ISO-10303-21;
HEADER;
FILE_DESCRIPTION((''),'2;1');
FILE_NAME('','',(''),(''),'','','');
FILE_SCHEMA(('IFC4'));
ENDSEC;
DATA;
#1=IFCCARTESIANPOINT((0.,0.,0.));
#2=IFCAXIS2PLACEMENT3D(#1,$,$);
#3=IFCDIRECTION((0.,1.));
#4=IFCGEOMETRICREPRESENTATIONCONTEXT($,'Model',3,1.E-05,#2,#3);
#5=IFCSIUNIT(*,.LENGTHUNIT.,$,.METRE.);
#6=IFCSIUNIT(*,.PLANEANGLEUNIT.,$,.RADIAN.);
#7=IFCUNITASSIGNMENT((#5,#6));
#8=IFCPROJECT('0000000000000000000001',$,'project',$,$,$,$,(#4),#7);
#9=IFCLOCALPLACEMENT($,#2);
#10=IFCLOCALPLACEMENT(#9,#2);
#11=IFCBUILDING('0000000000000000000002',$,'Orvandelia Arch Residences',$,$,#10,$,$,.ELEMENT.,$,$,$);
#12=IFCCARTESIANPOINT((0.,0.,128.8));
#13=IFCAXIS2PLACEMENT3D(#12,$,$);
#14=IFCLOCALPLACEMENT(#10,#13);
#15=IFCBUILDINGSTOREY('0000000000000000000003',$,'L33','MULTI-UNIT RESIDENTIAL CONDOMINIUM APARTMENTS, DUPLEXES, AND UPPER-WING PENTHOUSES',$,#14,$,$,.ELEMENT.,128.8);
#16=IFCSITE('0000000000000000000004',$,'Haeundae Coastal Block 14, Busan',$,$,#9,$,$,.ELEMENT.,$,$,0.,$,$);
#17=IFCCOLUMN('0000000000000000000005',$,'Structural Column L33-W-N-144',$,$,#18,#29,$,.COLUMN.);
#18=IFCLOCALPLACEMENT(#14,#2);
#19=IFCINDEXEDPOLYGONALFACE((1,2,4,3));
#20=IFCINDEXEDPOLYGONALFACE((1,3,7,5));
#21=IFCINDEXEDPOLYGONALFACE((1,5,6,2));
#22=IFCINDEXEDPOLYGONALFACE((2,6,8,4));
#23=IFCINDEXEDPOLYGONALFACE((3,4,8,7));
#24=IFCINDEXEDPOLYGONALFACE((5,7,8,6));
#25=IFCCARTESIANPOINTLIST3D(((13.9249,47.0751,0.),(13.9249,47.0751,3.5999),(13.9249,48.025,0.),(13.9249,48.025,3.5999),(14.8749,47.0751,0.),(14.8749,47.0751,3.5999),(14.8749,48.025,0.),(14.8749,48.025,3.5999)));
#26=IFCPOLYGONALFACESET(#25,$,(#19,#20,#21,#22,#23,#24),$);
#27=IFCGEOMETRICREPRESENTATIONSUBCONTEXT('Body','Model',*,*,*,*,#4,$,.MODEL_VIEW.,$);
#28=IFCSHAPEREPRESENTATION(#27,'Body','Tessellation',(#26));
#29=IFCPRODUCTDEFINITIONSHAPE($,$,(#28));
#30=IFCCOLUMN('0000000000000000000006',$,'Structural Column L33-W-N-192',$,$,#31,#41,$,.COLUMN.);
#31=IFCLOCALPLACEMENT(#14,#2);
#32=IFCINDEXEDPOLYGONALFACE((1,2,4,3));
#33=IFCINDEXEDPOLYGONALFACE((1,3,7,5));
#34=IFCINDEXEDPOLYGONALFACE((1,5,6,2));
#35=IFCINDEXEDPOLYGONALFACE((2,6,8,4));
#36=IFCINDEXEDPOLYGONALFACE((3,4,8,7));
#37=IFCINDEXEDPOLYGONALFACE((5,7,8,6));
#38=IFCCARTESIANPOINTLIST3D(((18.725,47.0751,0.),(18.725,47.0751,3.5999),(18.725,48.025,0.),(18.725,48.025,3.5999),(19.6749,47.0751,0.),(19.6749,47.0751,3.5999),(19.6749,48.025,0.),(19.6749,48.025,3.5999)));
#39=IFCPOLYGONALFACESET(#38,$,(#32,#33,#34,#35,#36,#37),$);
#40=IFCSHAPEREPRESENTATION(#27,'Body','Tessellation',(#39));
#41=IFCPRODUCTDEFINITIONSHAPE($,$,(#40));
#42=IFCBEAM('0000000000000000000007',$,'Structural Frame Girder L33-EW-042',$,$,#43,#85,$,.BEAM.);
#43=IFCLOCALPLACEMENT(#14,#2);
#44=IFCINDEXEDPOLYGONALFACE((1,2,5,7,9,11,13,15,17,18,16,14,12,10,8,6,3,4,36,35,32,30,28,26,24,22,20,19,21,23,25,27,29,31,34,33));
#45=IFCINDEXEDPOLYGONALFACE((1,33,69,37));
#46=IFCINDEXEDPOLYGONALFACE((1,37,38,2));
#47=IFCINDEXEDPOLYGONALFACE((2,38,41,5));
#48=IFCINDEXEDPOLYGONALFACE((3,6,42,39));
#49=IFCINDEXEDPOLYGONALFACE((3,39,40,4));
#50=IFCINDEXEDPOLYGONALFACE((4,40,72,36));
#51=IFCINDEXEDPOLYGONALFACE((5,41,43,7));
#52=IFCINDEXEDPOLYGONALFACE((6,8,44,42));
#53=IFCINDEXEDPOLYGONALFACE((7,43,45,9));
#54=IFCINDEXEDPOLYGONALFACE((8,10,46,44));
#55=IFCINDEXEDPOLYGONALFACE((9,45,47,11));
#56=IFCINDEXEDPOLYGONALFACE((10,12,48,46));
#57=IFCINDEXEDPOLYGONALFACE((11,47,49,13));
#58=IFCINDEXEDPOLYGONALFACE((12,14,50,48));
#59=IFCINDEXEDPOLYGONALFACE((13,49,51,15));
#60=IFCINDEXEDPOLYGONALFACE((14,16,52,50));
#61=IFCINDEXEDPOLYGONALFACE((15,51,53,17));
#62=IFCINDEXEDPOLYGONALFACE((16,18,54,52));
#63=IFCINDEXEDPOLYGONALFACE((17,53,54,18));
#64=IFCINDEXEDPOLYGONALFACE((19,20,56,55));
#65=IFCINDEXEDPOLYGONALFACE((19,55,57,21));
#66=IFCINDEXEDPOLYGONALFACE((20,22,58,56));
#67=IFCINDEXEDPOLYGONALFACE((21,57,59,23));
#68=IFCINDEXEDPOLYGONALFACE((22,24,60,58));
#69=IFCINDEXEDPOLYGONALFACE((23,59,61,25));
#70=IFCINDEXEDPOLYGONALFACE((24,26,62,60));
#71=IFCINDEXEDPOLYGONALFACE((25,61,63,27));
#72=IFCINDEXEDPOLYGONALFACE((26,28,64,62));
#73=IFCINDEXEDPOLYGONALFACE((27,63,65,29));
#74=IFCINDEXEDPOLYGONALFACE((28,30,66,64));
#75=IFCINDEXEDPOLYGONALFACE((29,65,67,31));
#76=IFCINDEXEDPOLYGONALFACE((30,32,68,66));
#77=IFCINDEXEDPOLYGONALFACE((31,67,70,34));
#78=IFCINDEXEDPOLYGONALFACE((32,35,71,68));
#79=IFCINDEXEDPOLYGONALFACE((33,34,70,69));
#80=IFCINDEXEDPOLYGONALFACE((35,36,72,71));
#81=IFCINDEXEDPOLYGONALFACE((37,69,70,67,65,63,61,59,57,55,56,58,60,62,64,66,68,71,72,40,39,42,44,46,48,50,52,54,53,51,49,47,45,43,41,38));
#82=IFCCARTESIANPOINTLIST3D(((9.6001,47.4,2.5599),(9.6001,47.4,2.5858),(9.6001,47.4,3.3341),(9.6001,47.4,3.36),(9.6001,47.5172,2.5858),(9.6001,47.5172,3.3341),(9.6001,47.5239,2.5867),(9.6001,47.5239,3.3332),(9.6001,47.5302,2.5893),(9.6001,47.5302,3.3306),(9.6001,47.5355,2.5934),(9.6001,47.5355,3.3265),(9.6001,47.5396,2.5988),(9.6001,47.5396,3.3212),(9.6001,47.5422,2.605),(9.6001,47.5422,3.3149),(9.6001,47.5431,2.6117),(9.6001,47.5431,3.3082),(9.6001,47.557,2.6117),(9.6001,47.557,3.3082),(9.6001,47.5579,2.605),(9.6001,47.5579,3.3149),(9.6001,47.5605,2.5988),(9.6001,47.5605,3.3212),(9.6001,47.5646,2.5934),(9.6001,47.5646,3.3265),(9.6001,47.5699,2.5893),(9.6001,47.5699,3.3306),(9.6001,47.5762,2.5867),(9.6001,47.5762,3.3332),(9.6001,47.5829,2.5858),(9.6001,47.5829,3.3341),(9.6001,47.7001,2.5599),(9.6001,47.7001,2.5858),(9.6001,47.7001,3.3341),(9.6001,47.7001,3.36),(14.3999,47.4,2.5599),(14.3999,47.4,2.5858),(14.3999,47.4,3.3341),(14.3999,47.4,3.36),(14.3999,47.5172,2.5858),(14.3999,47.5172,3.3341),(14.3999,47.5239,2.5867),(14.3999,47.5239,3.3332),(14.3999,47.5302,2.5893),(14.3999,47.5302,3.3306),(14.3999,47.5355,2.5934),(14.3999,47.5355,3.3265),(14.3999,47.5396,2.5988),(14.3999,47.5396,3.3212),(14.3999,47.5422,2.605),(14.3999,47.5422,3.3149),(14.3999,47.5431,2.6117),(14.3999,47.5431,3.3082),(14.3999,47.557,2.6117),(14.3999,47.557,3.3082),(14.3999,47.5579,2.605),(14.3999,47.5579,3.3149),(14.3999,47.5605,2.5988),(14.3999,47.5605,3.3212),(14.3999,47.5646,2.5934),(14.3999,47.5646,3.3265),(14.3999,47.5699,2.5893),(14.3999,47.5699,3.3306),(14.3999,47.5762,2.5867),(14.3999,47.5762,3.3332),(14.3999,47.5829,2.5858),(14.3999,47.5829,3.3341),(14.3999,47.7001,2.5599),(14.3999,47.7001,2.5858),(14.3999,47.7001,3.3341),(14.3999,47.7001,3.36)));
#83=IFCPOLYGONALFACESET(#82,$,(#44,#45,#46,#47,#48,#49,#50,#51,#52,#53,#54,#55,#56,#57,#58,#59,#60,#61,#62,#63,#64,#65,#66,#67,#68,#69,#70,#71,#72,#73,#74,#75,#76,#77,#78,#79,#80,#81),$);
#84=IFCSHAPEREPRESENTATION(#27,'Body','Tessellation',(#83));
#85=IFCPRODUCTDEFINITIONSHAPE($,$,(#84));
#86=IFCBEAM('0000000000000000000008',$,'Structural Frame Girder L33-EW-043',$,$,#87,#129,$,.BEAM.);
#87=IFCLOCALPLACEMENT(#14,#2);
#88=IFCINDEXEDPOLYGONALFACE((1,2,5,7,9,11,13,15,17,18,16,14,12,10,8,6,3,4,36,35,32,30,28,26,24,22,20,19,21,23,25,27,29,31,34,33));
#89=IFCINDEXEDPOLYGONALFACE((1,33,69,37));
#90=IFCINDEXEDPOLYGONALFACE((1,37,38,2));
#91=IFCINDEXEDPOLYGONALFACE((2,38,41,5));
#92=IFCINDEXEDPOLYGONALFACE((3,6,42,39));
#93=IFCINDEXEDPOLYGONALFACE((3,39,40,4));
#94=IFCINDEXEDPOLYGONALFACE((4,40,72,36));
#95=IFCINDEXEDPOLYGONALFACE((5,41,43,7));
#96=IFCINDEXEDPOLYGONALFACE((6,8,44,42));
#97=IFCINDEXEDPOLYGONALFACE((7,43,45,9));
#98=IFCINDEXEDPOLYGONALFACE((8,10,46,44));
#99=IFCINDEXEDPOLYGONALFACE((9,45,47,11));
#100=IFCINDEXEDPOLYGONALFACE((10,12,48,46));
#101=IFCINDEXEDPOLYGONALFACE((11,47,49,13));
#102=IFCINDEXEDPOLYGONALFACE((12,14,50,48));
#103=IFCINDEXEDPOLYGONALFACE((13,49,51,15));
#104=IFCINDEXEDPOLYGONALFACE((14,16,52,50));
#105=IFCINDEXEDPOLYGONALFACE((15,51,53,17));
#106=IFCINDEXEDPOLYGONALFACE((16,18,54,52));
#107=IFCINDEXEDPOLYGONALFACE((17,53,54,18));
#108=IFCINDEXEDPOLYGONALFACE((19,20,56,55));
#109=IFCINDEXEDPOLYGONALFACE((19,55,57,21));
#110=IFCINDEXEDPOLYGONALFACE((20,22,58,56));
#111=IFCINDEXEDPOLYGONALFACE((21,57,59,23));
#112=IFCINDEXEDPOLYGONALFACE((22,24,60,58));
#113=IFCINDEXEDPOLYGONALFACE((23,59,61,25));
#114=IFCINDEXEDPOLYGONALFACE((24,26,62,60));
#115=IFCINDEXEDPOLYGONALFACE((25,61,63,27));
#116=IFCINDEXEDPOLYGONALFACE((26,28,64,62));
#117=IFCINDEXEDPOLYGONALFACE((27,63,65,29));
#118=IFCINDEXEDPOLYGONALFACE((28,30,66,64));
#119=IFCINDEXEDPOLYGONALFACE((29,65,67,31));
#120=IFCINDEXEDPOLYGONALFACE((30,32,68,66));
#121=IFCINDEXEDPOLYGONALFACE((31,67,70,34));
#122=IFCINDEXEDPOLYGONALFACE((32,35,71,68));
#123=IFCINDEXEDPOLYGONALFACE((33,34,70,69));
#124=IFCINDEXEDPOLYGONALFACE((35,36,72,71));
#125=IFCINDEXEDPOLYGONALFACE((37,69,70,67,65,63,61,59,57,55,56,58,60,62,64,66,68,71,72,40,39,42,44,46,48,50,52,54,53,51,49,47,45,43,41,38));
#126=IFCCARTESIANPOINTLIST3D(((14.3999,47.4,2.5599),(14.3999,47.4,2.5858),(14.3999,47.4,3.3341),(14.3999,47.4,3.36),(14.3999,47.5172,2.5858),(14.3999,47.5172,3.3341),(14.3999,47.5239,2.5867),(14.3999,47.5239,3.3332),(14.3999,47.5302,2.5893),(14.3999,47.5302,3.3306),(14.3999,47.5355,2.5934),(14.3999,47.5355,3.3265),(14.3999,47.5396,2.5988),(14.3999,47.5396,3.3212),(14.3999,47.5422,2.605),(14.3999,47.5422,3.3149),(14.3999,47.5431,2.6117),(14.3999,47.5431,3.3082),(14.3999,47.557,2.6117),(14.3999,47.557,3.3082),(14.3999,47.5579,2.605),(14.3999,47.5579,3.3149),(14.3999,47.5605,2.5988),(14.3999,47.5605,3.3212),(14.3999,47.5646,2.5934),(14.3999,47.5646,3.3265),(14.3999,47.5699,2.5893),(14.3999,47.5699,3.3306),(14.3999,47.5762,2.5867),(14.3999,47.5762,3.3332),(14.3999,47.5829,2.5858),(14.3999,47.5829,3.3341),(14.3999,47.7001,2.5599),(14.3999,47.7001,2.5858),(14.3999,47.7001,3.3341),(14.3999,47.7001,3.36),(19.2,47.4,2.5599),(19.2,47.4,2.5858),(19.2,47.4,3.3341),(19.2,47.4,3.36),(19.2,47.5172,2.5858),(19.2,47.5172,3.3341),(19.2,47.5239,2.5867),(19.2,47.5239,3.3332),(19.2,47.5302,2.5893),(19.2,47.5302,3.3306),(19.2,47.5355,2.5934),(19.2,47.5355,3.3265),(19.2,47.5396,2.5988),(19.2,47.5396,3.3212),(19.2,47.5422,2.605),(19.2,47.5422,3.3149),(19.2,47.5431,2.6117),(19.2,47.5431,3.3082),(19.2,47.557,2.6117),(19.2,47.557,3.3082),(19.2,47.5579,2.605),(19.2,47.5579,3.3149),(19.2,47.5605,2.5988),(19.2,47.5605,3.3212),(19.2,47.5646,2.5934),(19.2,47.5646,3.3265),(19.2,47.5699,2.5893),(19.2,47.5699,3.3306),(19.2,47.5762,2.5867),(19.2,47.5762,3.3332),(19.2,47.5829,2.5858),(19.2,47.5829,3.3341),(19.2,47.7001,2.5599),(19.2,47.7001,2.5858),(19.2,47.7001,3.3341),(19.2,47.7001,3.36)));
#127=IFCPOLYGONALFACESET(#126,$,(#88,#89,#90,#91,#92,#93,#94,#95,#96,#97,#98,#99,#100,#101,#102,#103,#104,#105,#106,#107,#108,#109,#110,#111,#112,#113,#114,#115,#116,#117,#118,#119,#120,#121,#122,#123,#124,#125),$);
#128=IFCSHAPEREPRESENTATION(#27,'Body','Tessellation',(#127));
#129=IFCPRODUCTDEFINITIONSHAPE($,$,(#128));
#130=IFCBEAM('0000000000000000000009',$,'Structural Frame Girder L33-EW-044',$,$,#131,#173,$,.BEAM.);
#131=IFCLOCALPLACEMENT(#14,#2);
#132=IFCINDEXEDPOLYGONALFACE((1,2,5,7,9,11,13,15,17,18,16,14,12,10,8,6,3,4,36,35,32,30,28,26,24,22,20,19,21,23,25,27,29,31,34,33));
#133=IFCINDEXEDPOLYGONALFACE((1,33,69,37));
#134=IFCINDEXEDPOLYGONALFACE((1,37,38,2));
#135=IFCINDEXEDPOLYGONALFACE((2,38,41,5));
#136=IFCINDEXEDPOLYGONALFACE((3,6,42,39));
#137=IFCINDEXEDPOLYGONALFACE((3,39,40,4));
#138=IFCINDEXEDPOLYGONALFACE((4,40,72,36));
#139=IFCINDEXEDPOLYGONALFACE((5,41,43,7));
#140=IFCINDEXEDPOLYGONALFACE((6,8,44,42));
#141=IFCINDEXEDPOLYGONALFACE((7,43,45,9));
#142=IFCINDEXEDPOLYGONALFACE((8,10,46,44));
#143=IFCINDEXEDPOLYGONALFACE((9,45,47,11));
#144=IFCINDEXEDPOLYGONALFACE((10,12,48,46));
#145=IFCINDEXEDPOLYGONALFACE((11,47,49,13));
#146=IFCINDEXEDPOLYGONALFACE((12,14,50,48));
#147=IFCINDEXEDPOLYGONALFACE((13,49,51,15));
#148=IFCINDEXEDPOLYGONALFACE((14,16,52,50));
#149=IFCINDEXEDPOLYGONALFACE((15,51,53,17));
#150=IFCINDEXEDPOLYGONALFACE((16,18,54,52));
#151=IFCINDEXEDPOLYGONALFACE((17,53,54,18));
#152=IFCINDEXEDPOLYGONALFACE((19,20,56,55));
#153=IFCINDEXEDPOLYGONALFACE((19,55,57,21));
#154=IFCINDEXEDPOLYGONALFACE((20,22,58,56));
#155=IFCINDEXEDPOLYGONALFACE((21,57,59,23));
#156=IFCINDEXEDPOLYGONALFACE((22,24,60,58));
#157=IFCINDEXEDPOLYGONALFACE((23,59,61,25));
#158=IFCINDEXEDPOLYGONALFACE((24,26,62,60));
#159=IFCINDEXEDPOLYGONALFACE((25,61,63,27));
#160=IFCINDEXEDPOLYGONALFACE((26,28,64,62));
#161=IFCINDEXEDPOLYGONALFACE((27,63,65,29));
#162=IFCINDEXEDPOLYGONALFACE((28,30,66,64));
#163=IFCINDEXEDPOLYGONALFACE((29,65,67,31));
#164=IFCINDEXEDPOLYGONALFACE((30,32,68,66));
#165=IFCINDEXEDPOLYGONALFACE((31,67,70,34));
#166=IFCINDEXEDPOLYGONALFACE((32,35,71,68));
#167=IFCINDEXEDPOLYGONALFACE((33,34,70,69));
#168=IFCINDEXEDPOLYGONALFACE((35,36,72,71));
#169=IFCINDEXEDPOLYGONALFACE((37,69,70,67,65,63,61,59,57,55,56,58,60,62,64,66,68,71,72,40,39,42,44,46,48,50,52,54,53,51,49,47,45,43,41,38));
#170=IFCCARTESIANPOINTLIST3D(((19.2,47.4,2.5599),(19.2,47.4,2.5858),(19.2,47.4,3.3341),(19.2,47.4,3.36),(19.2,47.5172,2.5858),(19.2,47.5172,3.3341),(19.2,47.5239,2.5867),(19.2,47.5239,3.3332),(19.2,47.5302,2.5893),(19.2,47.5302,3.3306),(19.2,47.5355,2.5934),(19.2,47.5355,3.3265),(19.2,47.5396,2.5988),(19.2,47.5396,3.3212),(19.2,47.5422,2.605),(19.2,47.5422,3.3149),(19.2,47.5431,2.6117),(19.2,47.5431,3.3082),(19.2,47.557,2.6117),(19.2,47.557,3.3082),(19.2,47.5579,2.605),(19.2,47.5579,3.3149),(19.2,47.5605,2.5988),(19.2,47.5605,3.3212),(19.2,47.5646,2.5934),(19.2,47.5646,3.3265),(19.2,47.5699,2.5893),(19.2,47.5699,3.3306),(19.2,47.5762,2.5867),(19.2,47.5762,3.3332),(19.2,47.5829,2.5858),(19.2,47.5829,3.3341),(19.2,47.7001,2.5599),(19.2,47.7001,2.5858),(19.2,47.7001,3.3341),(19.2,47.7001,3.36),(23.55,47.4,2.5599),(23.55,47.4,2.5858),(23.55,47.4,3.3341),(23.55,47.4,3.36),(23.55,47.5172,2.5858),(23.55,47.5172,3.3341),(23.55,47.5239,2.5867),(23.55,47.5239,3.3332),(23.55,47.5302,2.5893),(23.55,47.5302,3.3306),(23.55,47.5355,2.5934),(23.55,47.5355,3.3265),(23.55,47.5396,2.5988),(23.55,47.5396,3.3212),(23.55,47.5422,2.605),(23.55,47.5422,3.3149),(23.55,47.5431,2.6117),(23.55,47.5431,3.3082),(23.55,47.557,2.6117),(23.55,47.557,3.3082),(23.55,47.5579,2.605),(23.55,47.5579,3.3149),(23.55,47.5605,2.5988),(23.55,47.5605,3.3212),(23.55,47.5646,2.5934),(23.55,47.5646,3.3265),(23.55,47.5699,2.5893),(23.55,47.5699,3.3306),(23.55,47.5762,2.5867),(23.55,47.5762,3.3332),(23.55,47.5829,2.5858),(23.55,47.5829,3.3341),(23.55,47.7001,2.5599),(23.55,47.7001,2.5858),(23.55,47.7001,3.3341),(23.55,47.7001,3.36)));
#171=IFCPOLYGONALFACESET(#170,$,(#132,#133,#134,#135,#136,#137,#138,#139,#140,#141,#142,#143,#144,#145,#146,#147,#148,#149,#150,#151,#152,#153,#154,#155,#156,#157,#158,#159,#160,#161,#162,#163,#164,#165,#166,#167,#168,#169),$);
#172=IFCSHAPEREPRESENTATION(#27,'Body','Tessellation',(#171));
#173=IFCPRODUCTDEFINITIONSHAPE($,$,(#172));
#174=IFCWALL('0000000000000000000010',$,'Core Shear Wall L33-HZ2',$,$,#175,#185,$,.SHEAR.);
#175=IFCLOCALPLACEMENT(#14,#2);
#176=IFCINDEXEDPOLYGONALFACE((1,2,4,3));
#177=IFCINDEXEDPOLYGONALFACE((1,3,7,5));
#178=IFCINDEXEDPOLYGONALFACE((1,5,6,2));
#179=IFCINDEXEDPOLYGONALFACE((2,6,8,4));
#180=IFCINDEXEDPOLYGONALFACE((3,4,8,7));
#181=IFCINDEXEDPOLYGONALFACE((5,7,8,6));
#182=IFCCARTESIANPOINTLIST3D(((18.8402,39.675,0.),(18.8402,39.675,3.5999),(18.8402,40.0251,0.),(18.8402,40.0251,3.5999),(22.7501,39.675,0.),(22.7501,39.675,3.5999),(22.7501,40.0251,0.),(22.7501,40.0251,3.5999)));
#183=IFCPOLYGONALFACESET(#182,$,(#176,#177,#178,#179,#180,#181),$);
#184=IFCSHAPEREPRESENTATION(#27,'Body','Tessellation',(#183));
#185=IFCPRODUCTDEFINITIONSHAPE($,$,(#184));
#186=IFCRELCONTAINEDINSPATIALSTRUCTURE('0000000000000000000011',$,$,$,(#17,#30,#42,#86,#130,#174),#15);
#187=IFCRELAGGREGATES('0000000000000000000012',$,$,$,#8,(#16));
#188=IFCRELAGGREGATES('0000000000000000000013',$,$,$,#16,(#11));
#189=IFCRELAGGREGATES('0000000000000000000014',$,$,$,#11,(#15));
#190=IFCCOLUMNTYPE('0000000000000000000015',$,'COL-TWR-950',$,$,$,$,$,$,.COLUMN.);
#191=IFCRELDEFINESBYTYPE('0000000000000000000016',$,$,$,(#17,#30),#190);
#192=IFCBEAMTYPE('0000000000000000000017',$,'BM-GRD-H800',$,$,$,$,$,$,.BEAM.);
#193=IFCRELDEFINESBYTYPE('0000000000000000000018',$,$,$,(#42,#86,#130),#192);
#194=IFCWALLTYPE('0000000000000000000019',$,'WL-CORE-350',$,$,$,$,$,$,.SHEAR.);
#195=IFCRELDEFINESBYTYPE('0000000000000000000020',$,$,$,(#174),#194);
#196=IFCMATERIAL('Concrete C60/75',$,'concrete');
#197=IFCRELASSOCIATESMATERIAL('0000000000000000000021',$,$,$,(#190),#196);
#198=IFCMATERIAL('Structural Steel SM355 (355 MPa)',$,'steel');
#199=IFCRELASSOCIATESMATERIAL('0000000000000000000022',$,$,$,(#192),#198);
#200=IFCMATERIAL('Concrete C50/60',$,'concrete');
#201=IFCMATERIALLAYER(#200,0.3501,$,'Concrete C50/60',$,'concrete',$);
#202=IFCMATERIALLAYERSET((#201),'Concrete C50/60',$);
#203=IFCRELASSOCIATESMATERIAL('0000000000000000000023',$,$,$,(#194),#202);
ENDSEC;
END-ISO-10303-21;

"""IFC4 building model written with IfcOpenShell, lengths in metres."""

from ifc_helpers import new_model, si_unit, direction, frame, frame_2d, origin, origin_2d, place, context, subcontext, project, spatial, rectangle, i_section, extrude, material, layer, layer_set, material_profile, profile_set, type_object, element, save


model = new_model("IFC4")

# Units and contexts
model_context = context("Model", 3, precision=1e-05, world=origin(), true_north=direction((0.0, 1.0)))
body_context = subcontext(model_context, "Body", "Model", "MODEL_VIEW")
ifc_project = project(units=[si_unit("LENGTHUNIT", "METRE"), si_unit("PLANEANGLEUNIT", "RADIAN")], contexts=[model_context])

# Site, building, storey
site_placement = place(None, origin())
site = spatial("IfcSite", under=ifc_project, at=site_placement, Name="Haeundae Coastal Block 14, Busan", CompositionType="ELEMENT", RefElevation=0.0)
building_placement = place(site_placement, origin())
building = spatial("IfcBuilding", under=site, at=building_placement, Name="Orvandelia Arch Residences", CompositionType="ELEMENT")
storey_placement = place(building_placement, frame((0.0, 0.0, 128.8)))
storey = spatial("IfcBuildingStorey", under=building, at=storey_placement, Name="L33", Description="MULTI-UNIT RESIDENTIAL CONDOMINIUM APARTMENTS, DUPLEXES, AND UPPER-WING PENTHOUSES", CompositionType="ELEMENT", Elevation=128.8)

# Columns
ifc_material_1 = material(Name="Concrete C60/75", Category="concrete")
ifc_material_profile_1 = material_profile(ifc_material_1, rectangle(XDim=0.95, YDim=0.95, at=origin_2d()), Name="Concrete C60/75", Category="concrete")
ifc_profile_set_1 = profile_set([ifc_material_profile_1], Name="Concrete C60/75")
column_type = type_object("IfcColumnType", Name="COL-TWR-950", PredefinedType="COLUMN", material=ifc_profile_set_1)
for number, where, z_axis, x_axis, name in (
    (1, (14.3999, 47.55, 0.0), (0.0, 0.0, 1.0), (1.0, 0.0, 0.0), "Structural Column L33-W-N-144"),
    (2, (19.2, 47.55, 0.0), (0.0, 0.0, 1.0), (1.0, 0.0, 0.0), "Structural Column L33-W-N-192"),
):
    element("IfcColumn", number, at=place(storey_placement, frame(where, z_axis=z_axis, x_axis=x_axis)), inside=storey, type_object=column_type, Name=name, PredefinedType="COLUMN", context=body_context, shape_type="SweptSolid", body=[
        extrude(rectangle(XDim=0.95, YDim=0.95, at=origin_2d()), origin(), (0.0, 0.0, 1.0), 3.5999),
    ])

# Beams
ifc_material_2 = material(Name="Structural Steel SM355 (355 MPa)", Category="steel")
ifc_material_profile_2 = material_profile(ifc_material_2, i_section(OverallWidth=0.3, OverallDepth=0.8, WebThickness=0.0139, FlangeThickness=0.0259, FilletRadius=0.0259, at=origin_2d()), Name="Structural Steel SM355 (355 MPa)", Category="steel")
ifc_profile_set_2 = profile_set([ifc_material_profile_2], Name="Structural Steel SM355 (355 MPa)")
beam_type = type_object("IfcBeamType", Name="BM-GRD-H800", PredefinedType="BEAM", material=ifc_profile_set_2)
beam_1_placement = place(storey_placement, frame((9.6001, 47.55, 2.96), z_axis=(1.0, 0.0, 0.0), x_axis=(0.0, 1.0, 0.0)))
element("IfcBeam", 3, at=beam_1_placement, inside=storey, type_object=beam_type, Name="Structural Frame Girder L33-EW-042", PredefinedType="BEAM", context=body_context, shape_type="SweptSolid", body=[
    extrude(i_section(OverallWidth=0.3, OverallDepth=0.8, WebThickness=0.0139, FlangeThickness=0.0259, FilletRadius=0.0259, at=origin_2d()), origin(), (0.0, 0.0, 1.0), 4.7998),
])
beam_2_placement = place(storey_placement, frame((14.3999, 47.55, 2.96), z_axis=(1.0, 0.0, 0.0), x_axis=(0.0, 1.0, 0.0)))
element("IfcBeam", 4, at=beam_2_placement, inside=storey, type_object=beam_type, Name="Structural Frame Girder L33-EW-043", PredefinedType="BEAM", context=body_context, shape_type="SweptSolid", body=[
    extrude(i_section(OverallWidth=0.3, OverallDepth=0.8, WebThickness=0.0139, FlangeThickness=0.0259, FilletRadius=0.0259, at=origin_2d()), origin(), (0.0, 0.0, 1.0), 4.8),
])
beam_3_placement = place(storey_placement, frame((19.2, 47.55, 2.96), z_axis=(1.0, 0.0, 0.0), x_axis=(0.0, 1.0, 0.0)))
element("IfcBeam", 5, at=beam_3_placement, inside=storey, type_object=beam_type, Name="Structural Frame Girder L33-EW-044", PredefinedType="BEAM", context=body_context, shape_type="SweptSolid", body=[
    extrude(i_section(OverallWidth=0.3, OverallDepth=0.8, WebThickness=0.0139, FlangeThickness=0.0259, FilletRadius=0.0259, at=origin_2d()), origin(), (0.0, 0.0, 1.0), 4.3501),
])

# Wall
ifc_material_3 = material(Name="Concrete C50/60", Category="concrete")
ifc_layer_1 = layer(ifc_material_3, 0.3501, Name="Concrete C50/60", Category="concrete")
ifc_layer_set_1 = layer_set([ifc_layer_1], Name="Concrete C50/60")
wall_type_1 = type_object("IfcWallType", Name="WL-CORE-350", PredefinedType="SHEAR", material=ifc_layer_set_1)
wall_1_placement = place(storey_placement, frame((18.8401, 39.8501, 0.0), z_axis=(0.0, 0.0, 1.0), x_axis=(1.0, 0.0, 0.0)))
element("IfcWall", 6, at=wall_1_placement, inside=storey, type_object=wall_type_1, Name="Core Shear Wall L33-HZ2", PredefinedType="SHEAR", context=body_context, shape_type="SweptSolid", body=[
    extrude(rectangle(XDim=3.9099, YDim=0.3501, at=frame_2d((1.9551, 0.0))), origin(), (0.0, 0.0, 1.0), 3.5999),
])

save(model, "model.ifc")
